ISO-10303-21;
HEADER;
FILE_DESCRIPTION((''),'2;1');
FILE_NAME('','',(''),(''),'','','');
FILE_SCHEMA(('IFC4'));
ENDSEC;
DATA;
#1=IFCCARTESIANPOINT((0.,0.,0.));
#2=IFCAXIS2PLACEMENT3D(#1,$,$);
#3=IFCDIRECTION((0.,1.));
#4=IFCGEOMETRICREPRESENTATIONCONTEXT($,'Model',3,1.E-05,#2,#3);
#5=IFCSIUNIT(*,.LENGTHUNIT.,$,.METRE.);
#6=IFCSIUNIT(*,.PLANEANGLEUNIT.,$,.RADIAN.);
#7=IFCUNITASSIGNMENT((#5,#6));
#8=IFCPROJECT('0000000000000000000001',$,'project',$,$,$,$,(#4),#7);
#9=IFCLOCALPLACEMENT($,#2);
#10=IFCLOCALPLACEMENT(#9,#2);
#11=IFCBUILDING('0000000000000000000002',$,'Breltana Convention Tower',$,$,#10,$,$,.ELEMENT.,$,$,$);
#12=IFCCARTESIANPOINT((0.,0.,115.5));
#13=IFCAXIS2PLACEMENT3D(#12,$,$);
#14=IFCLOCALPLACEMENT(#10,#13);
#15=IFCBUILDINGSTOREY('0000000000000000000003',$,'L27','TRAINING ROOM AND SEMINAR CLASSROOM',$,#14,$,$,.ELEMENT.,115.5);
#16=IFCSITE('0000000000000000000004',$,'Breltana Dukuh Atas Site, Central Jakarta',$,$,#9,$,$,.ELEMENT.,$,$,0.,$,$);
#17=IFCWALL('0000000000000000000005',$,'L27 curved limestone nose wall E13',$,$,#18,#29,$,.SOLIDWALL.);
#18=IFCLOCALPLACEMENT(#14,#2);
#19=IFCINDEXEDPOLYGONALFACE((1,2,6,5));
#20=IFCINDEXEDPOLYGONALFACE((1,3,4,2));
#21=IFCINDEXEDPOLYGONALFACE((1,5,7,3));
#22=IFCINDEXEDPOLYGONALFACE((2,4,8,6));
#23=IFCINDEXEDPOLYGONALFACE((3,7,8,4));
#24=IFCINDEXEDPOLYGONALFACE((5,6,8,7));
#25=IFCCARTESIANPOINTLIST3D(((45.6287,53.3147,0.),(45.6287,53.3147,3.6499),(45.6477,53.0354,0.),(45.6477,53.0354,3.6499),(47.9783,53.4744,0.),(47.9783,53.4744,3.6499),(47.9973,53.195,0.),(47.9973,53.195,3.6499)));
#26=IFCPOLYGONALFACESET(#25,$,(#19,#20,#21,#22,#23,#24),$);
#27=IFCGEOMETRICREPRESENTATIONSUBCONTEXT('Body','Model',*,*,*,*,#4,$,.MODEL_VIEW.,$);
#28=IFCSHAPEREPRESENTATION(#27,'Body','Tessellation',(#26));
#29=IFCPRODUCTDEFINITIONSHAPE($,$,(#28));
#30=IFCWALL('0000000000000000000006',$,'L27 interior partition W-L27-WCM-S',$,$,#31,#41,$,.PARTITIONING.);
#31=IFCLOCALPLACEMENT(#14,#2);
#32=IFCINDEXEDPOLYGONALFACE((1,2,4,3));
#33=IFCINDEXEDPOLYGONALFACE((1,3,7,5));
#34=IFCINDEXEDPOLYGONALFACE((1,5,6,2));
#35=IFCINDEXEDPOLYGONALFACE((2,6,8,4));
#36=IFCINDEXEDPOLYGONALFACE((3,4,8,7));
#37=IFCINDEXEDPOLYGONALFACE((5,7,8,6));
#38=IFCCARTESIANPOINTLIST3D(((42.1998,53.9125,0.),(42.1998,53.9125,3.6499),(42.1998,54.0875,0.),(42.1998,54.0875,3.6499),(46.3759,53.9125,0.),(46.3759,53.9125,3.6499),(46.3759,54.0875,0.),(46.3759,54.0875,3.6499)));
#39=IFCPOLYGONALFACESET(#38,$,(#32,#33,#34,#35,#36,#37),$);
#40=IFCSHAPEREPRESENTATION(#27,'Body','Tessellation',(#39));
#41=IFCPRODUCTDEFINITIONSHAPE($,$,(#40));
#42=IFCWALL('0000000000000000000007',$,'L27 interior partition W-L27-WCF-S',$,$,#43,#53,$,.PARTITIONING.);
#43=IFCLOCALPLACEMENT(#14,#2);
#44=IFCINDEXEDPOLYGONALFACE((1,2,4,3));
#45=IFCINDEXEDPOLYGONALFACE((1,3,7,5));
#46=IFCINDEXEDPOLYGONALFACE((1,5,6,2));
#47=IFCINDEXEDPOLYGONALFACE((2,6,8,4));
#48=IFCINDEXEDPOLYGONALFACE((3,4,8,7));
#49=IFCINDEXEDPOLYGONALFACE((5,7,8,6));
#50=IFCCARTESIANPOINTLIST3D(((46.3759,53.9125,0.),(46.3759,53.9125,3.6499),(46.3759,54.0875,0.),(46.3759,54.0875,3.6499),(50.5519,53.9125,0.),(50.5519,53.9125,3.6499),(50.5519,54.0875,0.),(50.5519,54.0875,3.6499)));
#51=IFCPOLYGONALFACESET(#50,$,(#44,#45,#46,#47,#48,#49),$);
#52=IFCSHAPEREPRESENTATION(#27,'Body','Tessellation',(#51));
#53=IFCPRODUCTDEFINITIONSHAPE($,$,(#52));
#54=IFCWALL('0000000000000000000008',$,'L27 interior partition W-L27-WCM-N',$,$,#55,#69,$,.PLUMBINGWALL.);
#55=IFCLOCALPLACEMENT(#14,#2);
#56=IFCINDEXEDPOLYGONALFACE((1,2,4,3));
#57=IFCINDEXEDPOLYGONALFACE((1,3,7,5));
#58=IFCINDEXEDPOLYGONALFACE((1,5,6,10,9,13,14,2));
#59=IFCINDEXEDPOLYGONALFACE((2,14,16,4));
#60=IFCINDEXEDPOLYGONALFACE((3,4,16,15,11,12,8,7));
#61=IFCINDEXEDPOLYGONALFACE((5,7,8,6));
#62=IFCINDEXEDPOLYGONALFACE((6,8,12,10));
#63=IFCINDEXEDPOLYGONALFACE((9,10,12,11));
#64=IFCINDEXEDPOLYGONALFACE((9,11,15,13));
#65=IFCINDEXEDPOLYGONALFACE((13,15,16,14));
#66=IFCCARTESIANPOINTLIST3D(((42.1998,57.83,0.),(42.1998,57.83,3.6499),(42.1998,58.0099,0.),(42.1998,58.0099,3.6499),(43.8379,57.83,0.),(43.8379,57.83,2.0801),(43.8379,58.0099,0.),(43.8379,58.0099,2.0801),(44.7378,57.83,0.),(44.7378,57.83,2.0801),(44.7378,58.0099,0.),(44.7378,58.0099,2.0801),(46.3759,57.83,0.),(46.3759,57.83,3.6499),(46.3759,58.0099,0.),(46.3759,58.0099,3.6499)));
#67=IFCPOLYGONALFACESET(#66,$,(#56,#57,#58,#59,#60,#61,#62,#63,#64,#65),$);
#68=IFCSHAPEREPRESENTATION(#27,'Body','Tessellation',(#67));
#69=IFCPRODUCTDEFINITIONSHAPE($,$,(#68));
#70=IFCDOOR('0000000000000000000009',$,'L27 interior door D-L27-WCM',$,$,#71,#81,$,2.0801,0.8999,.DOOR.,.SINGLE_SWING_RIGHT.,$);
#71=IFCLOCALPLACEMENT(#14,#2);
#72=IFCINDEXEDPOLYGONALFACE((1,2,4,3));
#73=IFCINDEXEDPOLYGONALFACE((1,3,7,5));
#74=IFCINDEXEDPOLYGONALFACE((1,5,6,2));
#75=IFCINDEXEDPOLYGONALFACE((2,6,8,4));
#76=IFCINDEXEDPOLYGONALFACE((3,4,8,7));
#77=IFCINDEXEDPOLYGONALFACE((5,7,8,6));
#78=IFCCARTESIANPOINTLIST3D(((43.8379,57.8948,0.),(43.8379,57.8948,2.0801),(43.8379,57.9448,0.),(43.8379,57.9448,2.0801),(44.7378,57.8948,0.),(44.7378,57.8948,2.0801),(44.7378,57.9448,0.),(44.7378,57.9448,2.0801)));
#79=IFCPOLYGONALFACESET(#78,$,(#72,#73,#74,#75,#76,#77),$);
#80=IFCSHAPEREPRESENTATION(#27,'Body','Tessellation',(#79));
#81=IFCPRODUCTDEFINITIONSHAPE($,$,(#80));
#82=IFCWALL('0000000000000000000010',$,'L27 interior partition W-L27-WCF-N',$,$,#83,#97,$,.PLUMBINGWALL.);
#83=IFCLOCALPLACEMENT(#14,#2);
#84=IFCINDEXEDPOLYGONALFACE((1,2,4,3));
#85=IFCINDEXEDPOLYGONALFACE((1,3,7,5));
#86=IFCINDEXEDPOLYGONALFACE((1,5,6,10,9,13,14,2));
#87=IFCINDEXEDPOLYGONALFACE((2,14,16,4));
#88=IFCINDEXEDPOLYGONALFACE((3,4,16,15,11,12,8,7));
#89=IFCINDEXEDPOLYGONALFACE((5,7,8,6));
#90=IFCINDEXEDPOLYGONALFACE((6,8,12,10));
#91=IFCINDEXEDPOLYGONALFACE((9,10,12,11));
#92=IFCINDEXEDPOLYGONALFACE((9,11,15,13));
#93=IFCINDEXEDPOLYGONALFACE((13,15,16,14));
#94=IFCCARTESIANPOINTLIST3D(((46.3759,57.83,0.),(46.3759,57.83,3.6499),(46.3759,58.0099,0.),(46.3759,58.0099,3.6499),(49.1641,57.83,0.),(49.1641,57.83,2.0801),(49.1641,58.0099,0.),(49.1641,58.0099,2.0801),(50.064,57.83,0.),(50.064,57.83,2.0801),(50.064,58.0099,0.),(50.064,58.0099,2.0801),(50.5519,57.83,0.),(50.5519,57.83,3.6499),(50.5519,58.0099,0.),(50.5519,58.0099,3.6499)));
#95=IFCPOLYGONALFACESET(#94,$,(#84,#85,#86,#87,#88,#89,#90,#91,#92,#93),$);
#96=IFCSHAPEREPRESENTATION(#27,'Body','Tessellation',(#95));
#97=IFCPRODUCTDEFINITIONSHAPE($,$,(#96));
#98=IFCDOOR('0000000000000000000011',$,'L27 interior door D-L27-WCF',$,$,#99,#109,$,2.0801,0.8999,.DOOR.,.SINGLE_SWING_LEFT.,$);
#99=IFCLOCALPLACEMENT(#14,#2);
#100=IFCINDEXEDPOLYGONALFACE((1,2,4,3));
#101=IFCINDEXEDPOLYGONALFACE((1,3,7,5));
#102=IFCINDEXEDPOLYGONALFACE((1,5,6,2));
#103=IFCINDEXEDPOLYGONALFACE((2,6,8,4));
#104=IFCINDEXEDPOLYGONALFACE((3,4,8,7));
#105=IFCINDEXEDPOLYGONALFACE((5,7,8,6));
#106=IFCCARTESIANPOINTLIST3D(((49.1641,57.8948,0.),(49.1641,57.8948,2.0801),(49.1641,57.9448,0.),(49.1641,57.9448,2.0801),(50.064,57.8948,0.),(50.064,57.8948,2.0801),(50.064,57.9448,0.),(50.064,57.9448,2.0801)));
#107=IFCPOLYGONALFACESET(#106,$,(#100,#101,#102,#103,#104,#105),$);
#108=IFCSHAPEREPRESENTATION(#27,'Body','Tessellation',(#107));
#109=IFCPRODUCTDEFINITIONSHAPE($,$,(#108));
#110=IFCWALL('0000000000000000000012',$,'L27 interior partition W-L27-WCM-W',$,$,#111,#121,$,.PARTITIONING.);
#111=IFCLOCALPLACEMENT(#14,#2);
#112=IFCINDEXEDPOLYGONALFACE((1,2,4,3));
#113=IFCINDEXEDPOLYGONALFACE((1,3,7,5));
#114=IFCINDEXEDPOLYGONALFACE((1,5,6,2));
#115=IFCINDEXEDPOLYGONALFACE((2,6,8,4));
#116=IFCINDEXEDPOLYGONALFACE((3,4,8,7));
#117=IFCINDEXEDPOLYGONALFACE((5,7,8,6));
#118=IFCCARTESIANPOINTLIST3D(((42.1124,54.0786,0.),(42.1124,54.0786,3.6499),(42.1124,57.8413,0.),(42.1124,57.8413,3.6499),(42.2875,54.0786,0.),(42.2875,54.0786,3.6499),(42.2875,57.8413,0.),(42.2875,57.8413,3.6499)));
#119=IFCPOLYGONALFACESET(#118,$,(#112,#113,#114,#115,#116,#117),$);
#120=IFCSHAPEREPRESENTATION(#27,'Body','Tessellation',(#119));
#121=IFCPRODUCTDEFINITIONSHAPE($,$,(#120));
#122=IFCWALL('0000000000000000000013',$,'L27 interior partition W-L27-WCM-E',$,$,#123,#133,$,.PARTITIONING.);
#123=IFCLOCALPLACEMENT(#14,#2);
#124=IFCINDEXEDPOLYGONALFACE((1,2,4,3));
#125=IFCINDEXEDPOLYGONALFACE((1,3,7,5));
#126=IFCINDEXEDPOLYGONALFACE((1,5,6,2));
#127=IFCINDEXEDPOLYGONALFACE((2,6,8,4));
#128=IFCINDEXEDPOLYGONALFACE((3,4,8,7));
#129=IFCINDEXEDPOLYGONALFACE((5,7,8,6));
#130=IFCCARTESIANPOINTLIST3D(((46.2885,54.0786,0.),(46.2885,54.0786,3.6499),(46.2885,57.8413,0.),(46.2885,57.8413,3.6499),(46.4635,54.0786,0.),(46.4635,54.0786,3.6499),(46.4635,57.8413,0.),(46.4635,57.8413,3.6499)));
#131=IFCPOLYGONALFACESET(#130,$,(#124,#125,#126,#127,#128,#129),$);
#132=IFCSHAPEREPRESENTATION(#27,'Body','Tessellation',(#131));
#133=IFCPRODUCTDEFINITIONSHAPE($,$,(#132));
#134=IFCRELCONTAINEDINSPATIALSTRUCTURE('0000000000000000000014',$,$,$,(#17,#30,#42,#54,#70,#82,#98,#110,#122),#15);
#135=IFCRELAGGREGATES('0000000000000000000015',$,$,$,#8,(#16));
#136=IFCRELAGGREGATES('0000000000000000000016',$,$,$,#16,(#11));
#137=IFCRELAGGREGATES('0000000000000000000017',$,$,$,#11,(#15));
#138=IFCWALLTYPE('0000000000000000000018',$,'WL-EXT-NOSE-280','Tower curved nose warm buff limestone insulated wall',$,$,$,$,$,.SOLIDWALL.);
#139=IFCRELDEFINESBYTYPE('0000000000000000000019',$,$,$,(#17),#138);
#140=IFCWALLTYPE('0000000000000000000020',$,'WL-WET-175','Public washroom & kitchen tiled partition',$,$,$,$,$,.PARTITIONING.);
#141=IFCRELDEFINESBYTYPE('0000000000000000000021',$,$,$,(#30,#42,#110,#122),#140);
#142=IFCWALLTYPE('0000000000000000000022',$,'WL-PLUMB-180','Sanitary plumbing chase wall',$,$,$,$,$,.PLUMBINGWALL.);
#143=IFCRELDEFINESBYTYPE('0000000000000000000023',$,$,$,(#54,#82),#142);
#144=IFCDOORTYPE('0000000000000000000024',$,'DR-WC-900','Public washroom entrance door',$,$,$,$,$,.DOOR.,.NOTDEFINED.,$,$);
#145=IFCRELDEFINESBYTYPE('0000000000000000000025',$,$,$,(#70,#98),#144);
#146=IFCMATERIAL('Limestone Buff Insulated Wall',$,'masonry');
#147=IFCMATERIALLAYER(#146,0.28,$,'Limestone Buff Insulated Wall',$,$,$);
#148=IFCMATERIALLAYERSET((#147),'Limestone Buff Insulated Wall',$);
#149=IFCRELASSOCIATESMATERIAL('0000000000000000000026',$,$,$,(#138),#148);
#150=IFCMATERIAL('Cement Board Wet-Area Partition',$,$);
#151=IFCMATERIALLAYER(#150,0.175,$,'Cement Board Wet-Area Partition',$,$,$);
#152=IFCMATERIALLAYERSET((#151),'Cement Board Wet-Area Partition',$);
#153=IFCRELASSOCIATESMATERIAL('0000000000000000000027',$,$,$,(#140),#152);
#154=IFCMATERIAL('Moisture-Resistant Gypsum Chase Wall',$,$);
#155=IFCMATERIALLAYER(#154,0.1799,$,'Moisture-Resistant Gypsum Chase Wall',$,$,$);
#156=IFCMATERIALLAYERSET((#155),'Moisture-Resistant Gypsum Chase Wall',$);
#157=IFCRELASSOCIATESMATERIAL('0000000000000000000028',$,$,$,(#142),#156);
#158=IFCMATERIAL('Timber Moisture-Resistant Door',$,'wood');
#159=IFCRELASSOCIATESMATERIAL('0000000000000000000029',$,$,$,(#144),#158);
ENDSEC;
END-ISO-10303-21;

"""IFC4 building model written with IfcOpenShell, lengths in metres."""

from ifc_helpers import new_model, si_unit, direction, frame, frame_2d, origin, place, context, subcontext, project, spatial, rectangle, extrude, source, transform, mapped, material, layer, layer_set, type_object, type_shapes, element, fill, save


model = new_model("IFC4")

# Units and contexts
model_context = context("Model", 3, precision=1e-05, world=origin(), true_north=direction((0.0, 1.0)))
body_context = subcontext(model_context, "Body", "Model", "MODEL_VIEW")
ifc_project = project(units=[si_unit("LENGTHUNIT", "METRE"), si_unit("PLANEANGLEUNIT", "RADIAN")], contexts=[model_context])

# Site, building, storey
site_placement = place(None, origin())
site = spatial("IfcSite", under=ifc_project, at=site_placement, Name="Breltana Dukuh Atas Site, Central Jakarta", CompositionType="ELEMENT", RefElevation=0.0)
building_placement = place(site_placement, origin())
building = spatial("IfcBuilding", under=site, at=building_placement, Name="Breltana Convention Tower", CompositionType="ELEMENT")
storey_placement = place(building_placement, frame((0.0, 0.0, 115.5)))
storey = spatial("IfcBuildingStorey", under=building, at=storey_placement, Name="L27", Description="TRAINING ROOM AND SEMINAR CLASSROOM", CompositionType="ELEMENT", Elevation=115.5)

# Walls
ifc_material_1 = material(Name="Limestone Buff Insulated Wall", Category="masonry")
ifc_layer_1 = layer(ifc_material_1, 0.28, Name="Limestone Buff Insulated Wall")
ifc_layer_set_1 = layer_set([ifc_layer_1], Name="Limestone Buff Insulated Wall")
wall_type_1 = type_object("IfcWallType", Name="WL-EXT-NOSE-280", Description="Tower curved nose warm buff limestone insulated wall", PredefinedType="SOLIDWALL", material=ifc_layer_set_1)
shared_shape_1 = source(origin(), body_context, "Body", "SweptSolid", [
    extrude(rectangle(XDim=2.355, YDim=0.28, at=frame_2d((1.1775, 0.0))), origin(), (0.0, 0.0, 1.0), 3.6499),
])
wall_1_placement = place(storey_placement, frame((47.9878, 53.3347, 0.0), z_axis=(0.0, 0.0, 1.0), x_axis=(-0.997699, -0.067799, 0.0)))
element("IfcWall", 1, at=wall_1_placement, inside=storey, type_object=wall_type_1, Name="L27 curved limestone nose wall E13", PredefinedType="SOLIDWALL", context=body_context, shape_type="MappedRepresentation", body=[
    mapped(shared_shape_1, transform((0.0, 0.0, 0.0), scale=1.0)),
])
ifc_material_2 = material(Name="Cement Board Wet-Area Partition")
ifc_layer_2 = layer(ifc_material_2, 0.175, Name="Cement Board Wet-Area Partition")
ifc_layer_set_2 = layer_set([ifc_layer_2], Name="Cement Board Wet-Area Partition")
wall_type_2 = type_object("IfcWallType", Name="WL-WET-175", Description="Public washroom & kitchen tiled partition", PredefinedType="PARTITIONING", material=ifc_layer_set_2)
shared_shape_2 = source(origin(), body_context, "Body", "SweptSolid", [
    extrude(rectangle(XDim=4.176, YDim=0.175, at=frame_2d((2.0879, 0.0))), origin(), (0.0, 0.0, 1.0), 3.6499),
])
for number, where, z_axis, x_axis, name in (
    (2, (42.2, 54.0, 0.0), (0.0, 0.0, 1.0), (1.0, 0.0, 0.0), "L27 interior partition W-L27-WCM-S"),
    (3, (46.376, 54.0, 0.0), (0.0, 0.0, 1.0), (1.0, 0.0, 0.0), "L27 interior partition W-L27-WCF-S"),
):
    element("IfcWall", number, at=place(storey_placement, frame(where, z_axis=z_axis, x_axis=x_axis)), inside=storey, type_object=wall_type_2, Name=name, PredefinedType="PARTITIONING", context=body_context, shape_type="MappedRepresentation", body=[
        mapped(shared_shape_2, transform((0.0, 0.0, 0.0), scale=1.0)),
    ])

# Walls, openings, doors
ifc_material_3 = material(Name="Moisture-Resistant Gypsum Chase Wall")
ifc_layer_3 = layer(ifc_material_3, 0.1799, Name="Moisture-Resistant Gypsum Chase Wall")
ifc_layer_set_3 = layer_set([ifc_layer_3], Name="Moisture-Resistant Gypsum Chase Wall")
wall_type_3 = type_object("IfcWallType", Name="WL-PLUMB-180", Description="Sanitary plumbing chase wall", PredefinedType="PLUMBINGWALL", material=ifc_layer_set_3)
shared_shape_3 = source(origin(), body_context, "Body", "SweptSolid", [
    extrude(rectangle(XDim=4.176, YDim=0.1799, at=frame_2d((2.0879, 0.0))), origin(), (0.0, 0.0, 1.0), 3.6499),
])
wall_2_placement = place(storey_placement, frame((42.2, 57.9199, 0.0), z_axis=(0.0, 0.0, 1.0), x_axis=(1.0, 0.0, 0.0)))
wall_2 = element("IfcWall", 4, at=wall_2_placement, inside=storey, type_object=wall_type_3, Name="L27 interior partition W-L27-WCM-N", PredefinedType="PLUMBINGWALL", context=body_context, shape_type="MappedRepresentation", body=[
    mapped(shared_shape_3, transform((0.0, 0.0, 0.0), scale=1.0)),
])
opening_1_placement = place(wall_2_placement, frame((1.6379, 0.0, 0.0)))
opening_1 = element("IfcOpeningElement", 5, at=opening_1_placement, cuts=wall_2, PredefinedType="OPENING", context=body_context, shape_type="SweptSolid", body=[
    extrude(rectangle(XDim=0.8999, YDim=2.0801, at=frame_2d((0.45, 1.04))), frame((0.0, 0.1001, 0.0), z_axis=(0.0, -1.0, 0.0), x_axis=(1.0, 0.0, 0.0)), (0.0, 0.0, 1.0), 0.2),
])
ifc_material_4 = material(Name="Timber Moisture-Resistant Door", Category="wood")
door_type = type_object("IfcDoorType", Name="DR-WC-900", Description="Public washroom entrance door", OperationType="NOTDEFINED", PredefinedType="DOOR", material=ifc_material_4)
shared_shape_4 = source(origin(), body_context, "Body", "SweptSolid", [
    extrude(rectangle(XDim=0.8999, YDim=2.0801, at=frame_2d((0.45, 1.04))), frame((0.0, 0.0249, 0.0), z_axis=(0.0, -1.0, 0.0), x_axis=(1.0, 0.0, 0.0)), (0.0, 0.0, 1.0), 0.05),
])
type_shapes(door_type, [shared_shape_4])
door_1_placement = place(opening_1_placement, origin())
door_1 = element("IfcDoor", 6, at=door_1_placement, inside=storey, type_object=door_type, Name="L27 interior door D-L27-WCM", OperationType="SINGLE_SWING_RIGHT", OverallHeight=2.0801, OverallWidth=0.8999, PredefinedType="DOOR", context=body_context, shape_type="MappedRepresentation", body=[
    mapped(shared_shape_4, transform((0.0, 0.0, 0.0), scale=1.0)),
])
fill(opening_1, door_1)
wall_3_placement = place(storey_placement, frame((46.376, 57.9199, 0.0), z_axis=(0.0, 0.0, 1.0), x_axis=(1.0, 0.0, 0.0)))
wall_3 = element("IfcWall", 7, at=wall_3_placement, inside=storey, type_object=wall_type_3, Name="L27 interior partition W-L27-WCF-N", PredefinedType="PLUMBINGWALL", context=body_context, shape_type="MappedRepresentation", body=[
    mapped(shared_shape_3, transform((0.0, 0.0, 0.0), scale=1.0)),
])
opening_2_placement = place(wall_3_placement, frame((2.7881, 0.0, 0.0)))
opening_2 = element("IfcOpeningElement", 8, at=opening_2_placement, cuts=wall_3, PredefinedType="OPENING", context=body_context, shape_type="SweptSolid", body=[
    extrude(rectangle(XDim=0.8999, YDim=2.0801, at=frame_2d((0.45, 1.04))), frame((0.0, 0.1001, 0.0), z_axis=(0.0, -1.0, 0.0), x_axis=(1.0, 0.0, 0.0)), (0.0, 0.0, 1.0), 0.2),
])
door_2_placement = place(opening_2_placement, origin())
door_2 = element("IfcDoor", 9, at=door_2_placement, inside=storey, type_object=door_type, Name="L27 interior door D-L27-WCF", OperationType="SINGLE_SWING_LEFT", OverallHeight=2.0801, OverallWidth=0.8999, PredefinedType="DOOR", context=body_context, shape_type="MappedRepresentation", body=[
    mapped(shared_shape_4, transform((0.0, 0.0, 0.0), scale=1.0)),
])
fill(opening_2, door_2)

# Walls
shared_shape_5 = source(origin(), body_context, "Body", "SweptSolid", [
    extrude(rectangle(XDim=3.7627, YDim=0.175, at=frame_2d((1.8813, 0.0))), origin(), (0.0, 0.0, 1.0), 3.6499),
])
for number, where, z_axis, x_axis, name in (
    (10, (42.2, 54.0786, 0.0), (0.0, 0.0, 1.0), (0.0, 1.0, 0.0), "L27 interior partition W-L27-WCM-W"),
    (11, (46.376, 54.0786, 0.0), (0.0, 0.0, 1.0), (0.0, 1.0, 0.0), "L27 interior partition W-L27-WCM-E"),
):
    element("IfcWall", number, at=place(storey_placement, frame(where, z_axis=z_axis, x_axis=x_axis)), inside=storey, type_object=wall_type_2, Name=name, PredefinedType="PARTITIONING", context=body_context, shape_type="MappedRepresentation", body=[
        mapped(shared_shape_5, transform((0.0, 0.0, 0.0), scale=1.0)),
    ])

save(model, "model.ifc")
